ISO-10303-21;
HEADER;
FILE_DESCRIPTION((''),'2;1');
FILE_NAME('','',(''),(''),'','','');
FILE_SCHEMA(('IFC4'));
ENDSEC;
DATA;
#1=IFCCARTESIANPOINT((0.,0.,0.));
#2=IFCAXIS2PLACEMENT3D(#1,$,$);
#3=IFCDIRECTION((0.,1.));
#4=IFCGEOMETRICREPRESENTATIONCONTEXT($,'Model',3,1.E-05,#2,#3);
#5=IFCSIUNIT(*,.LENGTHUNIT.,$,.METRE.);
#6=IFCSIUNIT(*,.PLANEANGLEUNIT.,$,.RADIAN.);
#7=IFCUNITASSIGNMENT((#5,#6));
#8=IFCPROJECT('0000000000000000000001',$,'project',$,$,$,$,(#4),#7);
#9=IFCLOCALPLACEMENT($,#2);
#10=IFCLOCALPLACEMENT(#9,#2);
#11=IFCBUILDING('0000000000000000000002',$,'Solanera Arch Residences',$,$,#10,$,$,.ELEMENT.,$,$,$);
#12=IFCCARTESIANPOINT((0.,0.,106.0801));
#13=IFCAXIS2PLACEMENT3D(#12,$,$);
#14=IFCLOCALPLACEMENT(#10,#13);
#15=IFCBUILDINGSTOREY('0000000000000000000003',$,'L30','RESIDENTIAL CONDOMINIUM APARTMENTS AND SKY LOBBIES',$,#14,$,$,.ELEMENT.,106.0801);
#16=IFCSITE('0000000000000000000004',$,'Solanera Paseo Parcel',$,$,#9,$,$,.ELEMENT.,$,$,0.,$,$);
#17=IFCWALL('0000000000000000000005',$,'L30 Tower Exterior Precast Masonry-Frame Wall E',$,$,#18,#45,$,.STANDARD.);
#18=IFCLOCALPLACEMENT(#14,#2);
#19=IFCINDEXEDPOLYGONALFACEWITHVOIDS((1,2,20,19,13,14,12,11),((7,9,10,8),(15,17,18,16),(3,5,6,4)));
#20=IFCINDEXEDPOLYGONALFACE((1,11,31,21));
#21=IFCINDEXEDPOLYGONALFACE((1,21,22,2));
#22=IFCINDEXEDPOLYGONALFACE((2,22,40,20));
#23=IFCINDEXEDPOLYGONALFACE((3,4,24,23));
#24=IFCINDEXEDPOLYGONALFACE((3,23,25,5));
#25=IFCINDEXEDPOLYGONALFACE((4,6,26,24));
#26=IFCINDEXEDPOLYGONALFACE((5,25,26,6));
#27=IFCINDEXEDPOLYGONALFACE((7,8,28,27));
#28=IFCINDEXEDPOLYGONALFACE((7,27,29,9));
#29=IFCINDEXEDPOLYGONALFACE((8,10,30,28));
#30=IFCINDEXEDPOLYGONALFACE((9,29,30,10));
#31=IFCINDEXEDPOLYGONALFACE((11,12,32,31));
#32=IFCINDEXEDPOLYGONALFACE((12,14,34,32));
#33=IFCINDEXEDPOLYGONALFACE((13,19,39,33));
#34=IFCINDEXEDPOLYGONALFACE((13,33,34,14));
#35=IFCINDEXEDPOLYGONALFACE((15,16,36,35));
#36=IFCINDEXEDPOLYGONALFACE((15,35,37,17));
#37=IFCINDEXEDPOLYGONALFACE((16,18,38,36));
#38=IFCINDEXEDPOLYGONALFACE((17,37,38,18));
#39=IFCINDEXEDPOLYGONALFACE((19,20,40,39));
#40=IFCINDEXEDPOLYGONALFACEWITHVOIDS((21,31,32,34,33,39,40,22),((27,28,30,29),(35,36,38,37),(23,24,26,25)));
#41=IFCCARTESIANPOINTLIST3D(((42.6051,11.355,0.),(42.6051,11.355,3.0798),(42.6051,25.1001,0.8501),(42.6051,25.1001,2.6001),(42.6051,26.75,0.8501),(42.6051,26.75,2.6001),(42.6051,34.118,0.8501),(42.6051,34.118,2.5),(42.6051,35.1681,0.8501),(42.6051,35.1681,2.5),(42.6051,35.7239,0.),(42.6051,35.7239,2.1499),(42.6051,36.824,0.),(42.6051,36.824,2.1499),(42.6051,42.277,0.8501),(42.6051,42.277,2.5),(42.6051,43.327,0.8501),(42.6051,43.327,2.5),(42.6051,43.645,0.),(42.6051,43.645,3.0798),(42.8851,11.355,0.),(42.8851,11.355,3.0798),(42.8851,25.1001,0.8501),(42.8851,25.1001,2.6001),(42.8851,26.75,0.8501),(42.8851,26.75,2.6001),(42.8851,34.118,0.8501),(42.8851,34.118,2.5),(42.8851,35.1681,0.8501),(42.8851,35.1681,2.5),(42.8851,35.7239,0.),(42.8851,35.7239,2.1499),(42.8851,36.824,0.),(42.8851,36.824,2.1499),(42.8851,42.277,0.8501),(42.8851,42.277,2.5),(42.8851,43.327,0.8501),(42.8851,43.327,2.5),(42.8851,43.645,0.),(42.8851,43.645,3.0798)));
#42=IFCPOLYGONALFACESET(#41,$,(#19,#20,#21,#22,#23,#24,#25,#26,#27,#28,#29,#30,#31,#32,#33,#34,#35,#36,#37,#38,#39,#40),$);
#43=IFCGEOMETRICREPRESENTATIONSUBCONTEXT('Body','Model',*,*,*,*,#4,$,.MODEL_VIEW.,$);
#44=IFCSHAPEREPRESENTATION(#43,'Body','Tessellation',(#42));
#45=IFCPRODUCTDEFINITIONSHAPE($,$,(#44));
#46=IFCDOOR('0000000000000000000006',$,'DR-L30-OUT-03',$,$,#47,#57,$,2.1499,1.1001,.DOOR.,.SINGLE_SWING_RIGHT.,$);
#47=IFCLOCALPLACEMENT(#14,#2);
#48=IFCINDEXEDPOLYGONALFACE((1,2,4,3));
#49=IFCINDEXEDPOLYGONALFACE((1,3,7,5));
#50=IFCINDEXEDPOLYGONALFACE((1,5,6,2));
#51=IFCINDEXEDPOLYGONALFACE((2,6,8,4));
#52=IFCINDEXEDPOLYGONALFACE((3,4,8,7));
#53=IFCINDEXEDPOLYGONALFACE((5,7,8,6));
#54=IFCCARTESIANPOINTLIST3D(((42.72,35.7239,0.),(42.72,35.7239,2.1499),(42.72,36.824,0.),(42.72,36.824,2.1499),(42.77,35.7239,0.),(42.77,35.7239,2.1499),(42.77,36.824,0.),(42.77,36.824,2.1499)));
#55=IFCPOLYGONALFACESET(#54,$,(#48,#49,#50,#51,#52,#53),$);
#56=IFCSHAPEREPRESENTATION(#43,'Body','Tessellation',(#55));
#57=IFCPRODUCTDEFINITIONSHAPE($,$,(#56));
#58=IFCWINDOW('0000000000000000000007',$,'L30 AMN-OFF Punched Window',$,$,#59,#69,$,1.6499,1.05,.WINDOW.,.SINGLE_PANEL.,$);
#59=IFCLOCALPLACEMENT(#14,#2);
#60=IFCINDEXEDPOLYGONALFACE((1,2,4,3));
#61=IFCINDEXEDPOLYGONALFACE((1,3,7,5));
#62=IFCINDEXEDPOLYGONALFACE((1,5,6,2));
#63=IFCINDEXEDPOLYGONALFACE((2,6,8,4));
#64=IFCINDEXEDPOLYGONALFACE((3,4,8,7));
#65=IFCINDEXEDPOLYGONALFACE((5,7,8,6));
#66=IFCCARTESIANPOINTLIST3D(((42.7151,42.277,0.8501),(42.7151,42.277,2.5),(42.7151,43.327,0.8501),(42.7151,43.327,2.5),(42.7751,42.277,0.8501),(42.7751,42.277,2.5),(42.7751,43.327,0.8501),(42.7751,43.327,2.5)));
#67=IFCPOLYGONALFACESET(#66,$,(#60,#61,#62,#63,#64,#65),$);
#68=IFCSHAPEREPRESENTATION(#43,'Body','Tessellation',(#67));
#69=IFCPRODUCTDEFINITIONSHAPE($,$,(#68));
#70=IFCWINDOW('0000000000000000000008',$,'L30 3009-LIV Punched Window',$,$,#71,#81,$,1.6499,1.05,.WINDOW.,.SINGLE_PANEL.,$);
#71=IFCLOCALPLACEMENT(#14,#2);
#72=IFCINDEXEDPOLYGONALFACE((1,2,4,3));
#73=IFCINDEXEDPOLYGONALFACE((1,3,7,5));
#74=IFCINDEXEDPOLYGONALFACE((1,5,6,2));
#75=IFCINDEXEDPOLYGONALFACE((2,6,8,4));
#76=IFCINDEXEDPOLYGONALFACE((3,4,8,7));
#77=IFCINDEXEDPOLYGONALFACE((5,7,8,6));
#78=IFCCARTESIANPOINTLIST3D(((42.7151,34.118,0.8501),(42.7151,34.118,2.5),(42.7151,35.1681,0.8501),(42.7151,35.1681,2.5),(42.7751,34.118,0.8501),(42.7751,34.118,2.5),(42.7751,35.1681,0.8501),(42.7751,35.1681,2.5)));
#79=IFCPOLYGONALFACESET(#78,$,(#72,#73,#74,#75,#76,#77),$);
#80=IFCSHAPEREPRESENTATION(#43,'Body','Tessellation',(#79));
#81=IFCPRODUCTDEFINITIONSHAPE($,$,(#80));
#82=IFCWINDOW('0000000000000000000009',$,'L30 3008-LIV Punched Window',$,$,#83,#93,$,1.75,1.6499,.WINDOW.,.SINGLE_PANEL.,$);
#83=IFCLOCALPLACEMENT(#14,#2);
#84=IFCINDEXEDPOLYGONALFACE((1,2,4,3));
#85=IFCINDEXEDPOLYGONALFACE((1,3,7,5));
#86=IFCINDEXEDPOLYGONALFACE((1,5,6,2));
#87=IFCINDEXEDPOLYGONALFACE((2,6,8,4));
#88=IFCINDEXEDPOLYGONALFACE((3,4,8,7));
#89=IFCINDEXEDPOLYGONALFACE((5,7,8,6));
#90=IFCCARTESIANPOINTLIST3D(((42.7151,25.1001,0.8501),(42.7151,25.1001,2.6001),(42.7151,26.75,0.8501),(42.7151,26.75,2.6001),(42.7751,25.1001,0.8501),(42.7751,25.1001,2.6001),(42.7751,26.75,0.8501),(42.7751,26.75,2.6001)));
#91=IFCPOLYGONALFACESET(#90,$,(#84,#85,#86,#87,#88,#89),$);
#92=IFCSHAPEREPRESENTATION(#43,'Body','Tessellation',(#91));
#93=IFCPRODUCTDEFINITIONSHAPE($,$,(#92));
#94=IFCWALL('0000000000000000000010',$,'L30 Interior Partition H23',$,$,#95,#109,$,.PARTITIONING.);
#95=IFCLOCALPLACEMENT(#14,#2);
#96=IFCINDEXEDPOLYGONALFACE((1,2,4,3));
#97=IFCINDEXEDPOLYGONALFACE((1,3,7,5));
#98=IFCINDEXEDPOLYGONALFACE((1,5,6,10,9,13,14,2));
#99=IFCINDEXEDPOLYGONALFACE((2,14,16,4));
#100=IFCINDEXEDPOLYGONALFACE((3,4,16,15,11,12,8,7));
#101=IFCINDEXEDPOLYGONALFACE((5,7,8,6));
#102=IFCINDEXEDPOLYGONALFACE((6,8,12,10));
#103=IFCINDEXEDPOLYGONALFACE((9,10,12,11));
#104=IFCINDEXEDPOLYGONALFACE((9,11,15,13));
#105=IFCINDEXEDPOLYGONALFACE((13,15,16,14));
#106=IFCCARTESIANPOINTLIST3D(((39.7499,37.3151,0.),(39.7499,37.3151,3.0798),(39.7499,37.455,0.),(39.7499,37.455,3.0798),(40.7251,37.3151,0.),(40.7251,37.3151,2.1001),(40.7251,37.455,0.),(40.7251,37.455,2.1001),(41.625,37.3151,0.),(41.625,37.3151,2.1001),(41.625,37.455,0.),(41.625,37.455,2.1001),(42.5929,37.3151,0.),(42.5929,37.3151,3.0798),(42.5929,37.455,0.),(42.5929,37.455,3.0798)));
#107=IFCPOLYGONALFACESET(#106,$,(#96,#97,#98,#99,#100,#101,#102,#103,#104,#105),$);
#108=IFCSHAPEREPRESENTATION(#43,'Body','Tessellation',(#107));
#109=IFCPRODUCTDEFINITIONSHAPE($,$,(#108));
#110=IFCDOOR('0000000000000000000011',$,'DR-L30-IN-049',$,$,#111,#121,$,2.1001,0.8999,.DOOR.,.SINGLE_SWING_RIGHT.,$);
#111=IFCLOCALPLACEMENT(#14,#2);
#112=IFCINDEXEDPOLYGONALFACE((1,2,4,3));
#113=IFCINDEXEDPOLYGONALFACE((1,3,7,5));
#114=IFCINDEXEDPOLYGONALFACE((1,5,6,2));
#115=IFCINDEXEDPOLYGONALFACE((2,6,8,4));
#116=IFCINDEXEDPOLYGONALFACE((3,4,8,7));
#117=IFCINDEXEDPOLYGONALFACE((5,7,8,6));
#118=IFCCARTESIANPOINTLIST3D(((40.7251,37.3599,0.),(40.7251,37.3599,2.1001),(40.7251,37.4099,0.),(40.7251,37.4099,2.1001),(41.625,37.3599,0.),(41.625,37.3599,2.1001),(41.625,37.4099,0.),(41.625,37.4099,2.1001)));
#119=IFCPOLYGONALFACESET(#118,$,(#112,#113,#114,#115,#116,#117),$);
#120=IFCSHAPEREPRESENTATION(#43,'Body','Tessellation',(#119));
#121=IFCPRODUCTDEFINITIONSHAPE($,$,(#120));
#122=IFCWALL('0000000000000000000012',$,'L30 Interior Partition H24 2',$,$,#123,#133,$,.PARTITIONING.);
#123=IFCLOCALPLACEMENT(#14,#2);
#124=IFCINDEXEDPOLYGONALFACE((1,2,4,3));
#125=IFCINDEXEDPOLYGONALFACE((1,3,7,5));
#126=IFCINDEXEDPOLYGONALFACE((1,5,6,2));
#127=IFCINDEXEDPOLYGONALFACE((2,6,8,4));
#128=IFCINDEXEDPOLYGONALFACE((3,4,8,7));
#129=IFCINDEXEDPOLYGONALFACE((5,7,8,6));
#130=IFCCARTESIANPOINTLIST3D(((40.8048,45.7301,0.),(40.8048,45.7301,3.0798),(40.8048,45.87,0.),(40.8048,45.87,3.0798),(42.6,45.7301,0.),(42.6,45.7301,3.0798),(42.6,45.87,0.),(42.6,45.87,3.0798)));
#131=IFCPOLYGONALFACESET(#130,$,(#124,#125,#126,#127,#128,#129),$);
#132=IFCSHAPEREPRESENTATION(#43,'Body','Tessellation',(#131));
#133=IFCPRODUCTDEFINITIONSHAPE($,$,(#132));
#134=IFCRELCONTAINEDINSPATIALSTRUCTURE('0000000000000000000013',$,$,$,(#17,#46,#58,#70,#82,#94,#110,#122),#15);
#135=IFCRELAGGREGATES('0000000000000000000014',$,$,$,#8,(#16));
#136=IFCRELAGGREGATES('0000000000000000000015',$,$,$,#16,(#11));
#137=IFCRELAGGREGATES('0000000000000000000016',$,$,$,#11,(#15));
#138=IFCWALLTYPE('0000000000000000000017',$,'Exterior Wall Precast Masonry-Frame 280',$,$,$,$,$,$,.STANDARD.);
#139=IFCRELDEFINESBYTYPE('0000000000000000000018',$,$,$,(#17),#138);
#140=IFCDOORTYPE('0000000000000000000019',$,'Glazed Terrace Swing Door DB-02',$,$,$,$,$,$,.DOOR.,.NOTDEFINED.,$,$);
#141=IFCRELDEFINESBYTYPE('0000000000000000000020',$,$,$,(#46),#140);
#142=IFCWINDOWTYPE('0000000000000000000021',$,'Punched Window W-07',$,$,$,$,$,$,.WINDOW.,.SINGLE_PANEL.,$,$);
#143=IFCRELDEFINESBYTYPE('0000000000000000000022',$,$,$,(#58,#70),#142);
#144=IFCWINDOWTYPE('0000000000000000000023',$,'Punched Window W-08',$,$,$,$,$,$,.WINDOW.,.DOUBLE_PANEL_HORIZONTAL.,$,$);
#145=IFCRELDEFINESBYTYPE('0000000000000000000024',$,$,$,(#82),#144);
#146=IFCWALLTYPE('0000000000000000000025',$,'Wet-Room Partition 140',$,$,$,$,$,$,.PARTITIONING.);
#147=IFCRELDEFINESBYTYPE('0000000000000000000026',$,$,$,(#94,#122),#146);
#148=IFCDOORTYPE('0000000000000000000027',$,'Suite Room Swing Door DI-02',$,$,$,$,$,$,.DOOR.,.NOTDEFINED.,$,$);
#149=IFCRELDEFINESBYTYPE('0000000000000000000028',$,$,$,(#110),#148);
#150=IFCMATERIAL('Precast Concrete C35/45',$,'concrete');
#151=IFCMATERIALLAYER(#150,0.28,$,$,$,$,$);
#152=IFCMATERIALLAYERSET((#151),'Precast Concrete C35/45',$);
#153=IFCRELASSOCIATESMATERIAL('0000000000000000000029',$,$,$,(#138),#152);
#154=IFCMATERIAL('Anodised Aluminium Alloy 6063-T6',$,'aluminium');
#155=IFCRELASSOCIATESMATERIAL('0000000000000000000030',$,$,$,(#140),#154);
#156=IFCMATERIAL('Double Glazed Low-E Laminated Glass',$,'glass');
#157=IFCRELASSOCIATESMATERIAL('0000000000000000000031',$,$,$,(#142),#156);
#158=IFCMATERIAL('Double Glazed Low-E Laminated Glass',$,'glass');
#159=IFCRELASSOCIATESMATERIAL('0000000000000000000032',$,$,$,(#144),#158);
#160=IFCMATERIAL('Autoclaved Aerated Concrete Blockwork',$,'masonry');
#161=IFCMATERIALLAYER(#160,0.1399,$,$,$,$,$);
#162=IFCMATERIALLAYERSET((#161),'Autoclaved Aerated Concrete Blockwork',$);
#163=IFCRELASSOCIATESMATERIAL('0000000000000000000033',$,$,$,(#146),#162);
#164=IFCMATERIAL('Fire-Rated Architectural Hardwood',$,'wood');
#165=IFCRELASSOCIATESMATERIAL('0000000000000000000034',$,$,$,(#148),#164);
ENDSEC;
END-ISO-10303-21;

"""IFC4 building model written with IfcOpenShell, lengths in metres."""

from ifc_helpers import new_model, si_unit, direction, frame, frame_2d, origin, place, context, subcontext, project, spatial, rectangle, extrude, material, layer, layer_set, type_object, element, fill, save


model = new_model("IFC4")

# Units and contexts
model_context = context("Model", 3, precision=1e-05, world=origin(), true_north=direction((0.0, 1.0)))
body_context = subcontext(model_context, "Body", "Model", "MODEL_VIEW")
ifc_project = project(units=[si_unit("LENGTHUNIT", "METRE"), si_unit("PLANEANGLEUNIT", "RADIAN")], contexts=[model_context])

# Site, building, storey
site_placement = place(None, origin())
site = spatial("IfcSite", under=ifc_project, at=site_placement, Name="Solanera Paseo Parcel", CompositionType="ELEMENT", RefElevation=0.0)
building_placement = place(site_placement, origin())
building = spatial("IfcBuilding", under=site, at=building_placement, Name="Solanera Arch Residences", CompositionType="ELEMENT")
storey_placement = place(building_placement, frame((0.0, 0.0, 106.0801)))
storey = spatial("IfcBuildingStorey", under=building, at=storey_placement, Name="L30", Description="RESIDENTIAL CONDOMINIUM APARTMENTS AND SKY LOBBIES", CompositionType="ELEMENT", Elevation=106.0801)

# Shared definitions
ifc_material_1 = material(Name="Precast Concrete C35/45", Category="concrete")
ifc_layer_1 = layer(ifc_material_1, 0.28)
ifc_layer_set_1 = layer_set([ifc_layer_1], Name="Precast Concrete C35/45")
wall_type_1 = type_object("IfcWallType", Name="Exterior Wall Precast Masonry-Frame 280", PredefinedType="STANDARD", material=ifc_layer_set_1)

# Wall, openings, door, windows
wall_1_placement = place(storey_placement, frame((42.7451, 43.645, 0.0), z_axis=(0.0, 0.0, 1.0), x_axis=(0.0, -1.0, 0.0)))
wall_1 = element("IfcWall", 1, at=wall_1_placement, inside=storey, type_object=wall_type_1, Name="L30 Tower Exterior Precast Masonry-Frame Wall E", PredefinedType="STANDARD", context=body_context, shape_type="SweptSolid", body=[
    extrude(rectangle(XDim=32.29, YDim=0.28, at=frame_2d((16.145, 0.0))), origin(), (0.0, 0.0, 1.0), 3.0798),
])
opening_1_placement = place(wall_1_placement, frame((6.821, 0.0, 0.0)))
opening_1 = element("IfcOpeningElement", 2, at=opening_1_placement, cuts=wall_1, PredefinedType="OPENING", context=body_context, shape_type="SweptSolid", body=[
    extrude(rectangle(XDim=1.1001, YDim=2.1499, at=frame_2d((0.55, 1.075))), frame((0.0, 0.1499, 0.0), z_axis=(0.0, -1.0, 0.0), x_axis=(1.0, 0.0, 0.0)), (0.0, 0.0, 1.0), 0.3),
])
opening_2_placement = place(wall_1_placement, frame((0.3181, 0.0, 0.8501)))
opening_2 = element("IfcOpeningElement", 3, at=opening_2_placement, cuts=wall_1, PredefinedType="OPENING", context=body_context, shape_type="SweptSolid", body=[
    extrude(rectangle(XDim=1.05, YDim=1.6499, at=frame_2d((0.5249, 0.825))), frame((0.0, 0.1499, 0.0), z_axis=(0.0, -1.0, 0.0), x_axis=(1.0, 0.0, 0.0)), (0.0, 0.0, 1.0), 0.3),
])
opening_3_placement = place(wall_1_placement, frame((16.895, 0.0, 0.8501)))
opening_3 = element("IfcOpeningElement", 4, at=opening_3_placement, cuts=wall_1, PredefinedType="OPENING", context=body_context, shape_type="SweptSolid", body=[
    extrude(rectangle(XDim=1.6499, YDim=1.75, at=frame_2d((0.825, 0.875))), frame((0.0, 0.1499, 0.0), z_axis=(0.0, -1.0, 0.0), x_axis=(1.0, 0.0, 0.0)), (0.0, 0.0, 1.0), 0.3),
])
opening_4_placement = place(wall_1_placement, frame((8.4771, 0.0, 0.8501)))
opening_4 = element("IfcOpeningElement", 5, at=opening_4_placement, cuts=wall_1, PredefinedType="OPENING", context=body_context, shape_type="SweptSolid", body=[
    extrude(rectangle(XDim=1.05, YDim=1.6499, at=frame_2d((0.5249, 0.825))), frame((0.0, 0.1499, 0.0), z_axis=(0.0, -1.0, 0.0), x_axis=(1.0, 0.0, 0.0)), (0.0, 0.0, 1.0), 0.3),
])
ifc_material_2 = material(Name="Anodised Aluminium Alloy 6063-T6", Category="aluminium")
door_type_1 = type_object("IfcDoorType", Name="Glazed Terrace Swing Door DB-02", OperationType="NOTDEFINED", PredefinedType="DOOR", material=ifc_material_2)
door_1_placement = place(opening_1_placement, origin())
door_1 = element("IfcDoor", 6, at=door_1_placement, inside=storey, type_object=door_type_1, Name="DR-L30-OUT-03", OperationType="SINGLE_SWING_RIGHT", OverallHeight=2.1499, OverallWidth=1.1001, PredefinedType="DOOR", context=body_context, shape_type="SweptSolid", body=[
    extrude(rectangle(XDim=1.1001, YDim=2.1499, at=frame_2d((0.55, 1.075))), frame((0.0, 0.0249, 0.0), z_axis=(0.0, -1.0, 0.0), x_axis=(1.0, 0.0, 0.0)), (0.0, 0.0, 1.0), 0.05),
])
fill(opening_1, door_1)
ifc_material_3 = material(Name="Double Glazed Low-E Laminated Glass", Category="glass")
window_type_1 = type_object("IfcWindowType", Name="Punched Window W-07", PartitioningType="SINGLE_PANEL", PredefinedType="WINDOW", material=ifc_material_3)
window_1_placement = place(opening_2_placement, origin())
window_1 = element("IfcWindow", 7, at=window_1_placement, inside=storey, type_object=window_type_1, Name="L30 AMN-OFF Punched Window", OverallHeight=1.6499, OverallWidth=1.05, PartitioningType="SINGLE_PANEL", PredefinedType="WINDOW", context=body_context, shape_type="SweptSolid", body=[
    extrude(rectangle(XDim=1.05, YDim=1.6499, at=frame_2d((0.5249, 0.825))), frame((0.0, 0.03, 0.0), z_axis=(0.0, -1.0, 0.0), x_axis=(1.0, 0.0, 0.0)), (0.0, 0.0, 1.0), 0.0601),
])
fill(opening_2, window_1)
window_2_placement = place(opening_4_placement, origin())
window_2 = element("IfcWindow", 8, at=window_2_placement, inside=storey, type_object=window_type_1, Name="L30 3009-LIV Punched Window", OverallHeight=1.6499, OverallWidth=1.05, PartitioningType="SINGLE_PANEL", PredefinedType="WINDOW", context=body_context, shape_type="SweptSolid", body=[
    extrude(rectangle(XDim=1.05, YDim=1.6499, at=frame_2d((0.5249, 0.825))), frame((0.0, 0.03, 0.0), z_axis=(0.0, -1.0, 0.0), x_axis=(1.0, 0.0, 0.0)), (0.0, 0.0, 1.0), 0.0601),
])
fill(opening_4, window_2)
ifc_material_4 = material(Name="Double Glazed Low-E Laminated Glass", Category="glass")
window_type_2 = type_object("IfcWindowType", Name="Punched Window W-08", PartitioningType="DOUBLE_PANEL_HORIZONTAL", PredefinedType="WINDOW", material=ifc_material_4)
window_3_placement = place(opening_3_placement, origin())
window_3 = element("IfcWindow", 9, at=window_3_placement, inside=storey, type_object=window_type_2, Name="L30 3008-LIV Punched Window", OverallHeight=1.75, OverallWidth=1.6499, PartitioningType="SINGLE_PANEL", PredefinedType="WINDOW", context=body_context, shape_type="SweptSolid", body=[
    extrude(rectangle(XDim=1.6499, YDim=1.75, at=frame_2d((0.825, 0.875))), frame((0.0, 0.03, 0.0), z_axis=(0.0, -1.0, 0.0), x_axis=(1.0, 0.0, 0.0)), (0.0, 0.0, 1.0), 0.0601),
])
fill(opening_3, window_3)

# Wall, opening, door
ifc_material_5 = material(Name="Autoclaved Aerated Concrete Blockwork", Category="masonry")
ifc_layer_2 = layer(ifc_material_5, 0.1399)
ifc_layer_set_2 = layer_set([ifc_layer_2], Name="Autoclaved Aerated Concrete Blockwork")
wall_type_2 = type_object("IfcWallType", Name="Wet-Room Partition 140", PredefinedType="PARTITIONING", material=ifc_layer_set_2)
wall_2_placement = place(storey_placement, frame((39.75, 37.385, 0.0), z_axis=(0.0, 0.0, 1.0), x_axis=(1.0, 0.0, 0.0)))
wall_2 = element("IfcWall", 10, at=wall_2_placement, inside=storey, type_object=wall_type_2, Name="L30 Interior Partition H23", PredefinedType="PARTITIONING", context=body_context, shape_type="SweptSolid", body=[
    extrude(rectangle(XDim=2.843, YDim=0.1399, at=frame_2d((1.4214, 0.0))), origin(), (0.0, 0.0, 1.0), 3.0798),
])
opening_5_placement = place(wall_2_placement, frame((0.9751, 0.0, 0.0)))
opening_5 = element("IfcOpeningElement", 11, at=opening_5_placement, cuts=wall_2, PredefinedType="OPENING", context=body_context, shape_type="SweptSolid", body=[
    extrude(rectangle(XDim=0.8999, YDim=2.1001, at=frame_2d((0.45, 1.05))), frame((0.0, 0.0798, 0.0), z_axis=(0.0, -1.0, 0.0), x_axis=(1.0, 0.0, 0.0)), (0.0, 0.0, 1.0), 0.1599),
])
ifc_material_6 = material(Name="Fire-Rated Architectural Hardwood", Category="wood")
door_type_2 = type_object("IfcDoorType", Name="Suite Room Swing Door DI-02", OperationType="NOTDEFINED", PredefinedType="DOOR", material=ifc_material_6)
door_2_placement = place(opening_5_placement, origin())
door_2 = element("IfcDoor", 12, at=door_2_placement, inside=storey, type_object=door_type_2, Name="DR-L30-IN-049", OperationType="SINGLE_SWING_RIGHT", OverallHeight=2.1001, OverallWidth=0.8999, PredefinedType="DOOR", context=body_context, shape_type="SweptSolid", body=[
    extrude(rectangle(XDim=0.8999, YDim=2.1001, at=frame_2d((0.45, 1.05))), frame((0.0, 0.0249, 0.0), z_axis=(0.0, -1.0, 0.0), x_axis=(1.0, 0.0, 0.0)), (0.0, 0.0, 1.0), 0.05),
])
fill(opening_5, door_2)

# Wall
wall_3_placement = place(storey_placement, frame((40.8049, 45.8, 0.0), z_axis=(0.0, 0.0, 1.0), x_axis=(1.0, 0.0, 0.0)))
element("IfcWall", 13, at=wall_3_placement, inside=storey, type_object=wall_type_2, Name="L30 Interior Partition H24 2", PredefinedType="PARTITIONING", context=body_context, shape_type="SweptSolid", body=[
    extrude(rectangle(XDim=1.7952, YDim=0.1399, at=frame_2d((0.8975, 0.0))), origin(), (0.0, 0.0, 1.0), 3.0798),
])

save(model, "model.ifc")
